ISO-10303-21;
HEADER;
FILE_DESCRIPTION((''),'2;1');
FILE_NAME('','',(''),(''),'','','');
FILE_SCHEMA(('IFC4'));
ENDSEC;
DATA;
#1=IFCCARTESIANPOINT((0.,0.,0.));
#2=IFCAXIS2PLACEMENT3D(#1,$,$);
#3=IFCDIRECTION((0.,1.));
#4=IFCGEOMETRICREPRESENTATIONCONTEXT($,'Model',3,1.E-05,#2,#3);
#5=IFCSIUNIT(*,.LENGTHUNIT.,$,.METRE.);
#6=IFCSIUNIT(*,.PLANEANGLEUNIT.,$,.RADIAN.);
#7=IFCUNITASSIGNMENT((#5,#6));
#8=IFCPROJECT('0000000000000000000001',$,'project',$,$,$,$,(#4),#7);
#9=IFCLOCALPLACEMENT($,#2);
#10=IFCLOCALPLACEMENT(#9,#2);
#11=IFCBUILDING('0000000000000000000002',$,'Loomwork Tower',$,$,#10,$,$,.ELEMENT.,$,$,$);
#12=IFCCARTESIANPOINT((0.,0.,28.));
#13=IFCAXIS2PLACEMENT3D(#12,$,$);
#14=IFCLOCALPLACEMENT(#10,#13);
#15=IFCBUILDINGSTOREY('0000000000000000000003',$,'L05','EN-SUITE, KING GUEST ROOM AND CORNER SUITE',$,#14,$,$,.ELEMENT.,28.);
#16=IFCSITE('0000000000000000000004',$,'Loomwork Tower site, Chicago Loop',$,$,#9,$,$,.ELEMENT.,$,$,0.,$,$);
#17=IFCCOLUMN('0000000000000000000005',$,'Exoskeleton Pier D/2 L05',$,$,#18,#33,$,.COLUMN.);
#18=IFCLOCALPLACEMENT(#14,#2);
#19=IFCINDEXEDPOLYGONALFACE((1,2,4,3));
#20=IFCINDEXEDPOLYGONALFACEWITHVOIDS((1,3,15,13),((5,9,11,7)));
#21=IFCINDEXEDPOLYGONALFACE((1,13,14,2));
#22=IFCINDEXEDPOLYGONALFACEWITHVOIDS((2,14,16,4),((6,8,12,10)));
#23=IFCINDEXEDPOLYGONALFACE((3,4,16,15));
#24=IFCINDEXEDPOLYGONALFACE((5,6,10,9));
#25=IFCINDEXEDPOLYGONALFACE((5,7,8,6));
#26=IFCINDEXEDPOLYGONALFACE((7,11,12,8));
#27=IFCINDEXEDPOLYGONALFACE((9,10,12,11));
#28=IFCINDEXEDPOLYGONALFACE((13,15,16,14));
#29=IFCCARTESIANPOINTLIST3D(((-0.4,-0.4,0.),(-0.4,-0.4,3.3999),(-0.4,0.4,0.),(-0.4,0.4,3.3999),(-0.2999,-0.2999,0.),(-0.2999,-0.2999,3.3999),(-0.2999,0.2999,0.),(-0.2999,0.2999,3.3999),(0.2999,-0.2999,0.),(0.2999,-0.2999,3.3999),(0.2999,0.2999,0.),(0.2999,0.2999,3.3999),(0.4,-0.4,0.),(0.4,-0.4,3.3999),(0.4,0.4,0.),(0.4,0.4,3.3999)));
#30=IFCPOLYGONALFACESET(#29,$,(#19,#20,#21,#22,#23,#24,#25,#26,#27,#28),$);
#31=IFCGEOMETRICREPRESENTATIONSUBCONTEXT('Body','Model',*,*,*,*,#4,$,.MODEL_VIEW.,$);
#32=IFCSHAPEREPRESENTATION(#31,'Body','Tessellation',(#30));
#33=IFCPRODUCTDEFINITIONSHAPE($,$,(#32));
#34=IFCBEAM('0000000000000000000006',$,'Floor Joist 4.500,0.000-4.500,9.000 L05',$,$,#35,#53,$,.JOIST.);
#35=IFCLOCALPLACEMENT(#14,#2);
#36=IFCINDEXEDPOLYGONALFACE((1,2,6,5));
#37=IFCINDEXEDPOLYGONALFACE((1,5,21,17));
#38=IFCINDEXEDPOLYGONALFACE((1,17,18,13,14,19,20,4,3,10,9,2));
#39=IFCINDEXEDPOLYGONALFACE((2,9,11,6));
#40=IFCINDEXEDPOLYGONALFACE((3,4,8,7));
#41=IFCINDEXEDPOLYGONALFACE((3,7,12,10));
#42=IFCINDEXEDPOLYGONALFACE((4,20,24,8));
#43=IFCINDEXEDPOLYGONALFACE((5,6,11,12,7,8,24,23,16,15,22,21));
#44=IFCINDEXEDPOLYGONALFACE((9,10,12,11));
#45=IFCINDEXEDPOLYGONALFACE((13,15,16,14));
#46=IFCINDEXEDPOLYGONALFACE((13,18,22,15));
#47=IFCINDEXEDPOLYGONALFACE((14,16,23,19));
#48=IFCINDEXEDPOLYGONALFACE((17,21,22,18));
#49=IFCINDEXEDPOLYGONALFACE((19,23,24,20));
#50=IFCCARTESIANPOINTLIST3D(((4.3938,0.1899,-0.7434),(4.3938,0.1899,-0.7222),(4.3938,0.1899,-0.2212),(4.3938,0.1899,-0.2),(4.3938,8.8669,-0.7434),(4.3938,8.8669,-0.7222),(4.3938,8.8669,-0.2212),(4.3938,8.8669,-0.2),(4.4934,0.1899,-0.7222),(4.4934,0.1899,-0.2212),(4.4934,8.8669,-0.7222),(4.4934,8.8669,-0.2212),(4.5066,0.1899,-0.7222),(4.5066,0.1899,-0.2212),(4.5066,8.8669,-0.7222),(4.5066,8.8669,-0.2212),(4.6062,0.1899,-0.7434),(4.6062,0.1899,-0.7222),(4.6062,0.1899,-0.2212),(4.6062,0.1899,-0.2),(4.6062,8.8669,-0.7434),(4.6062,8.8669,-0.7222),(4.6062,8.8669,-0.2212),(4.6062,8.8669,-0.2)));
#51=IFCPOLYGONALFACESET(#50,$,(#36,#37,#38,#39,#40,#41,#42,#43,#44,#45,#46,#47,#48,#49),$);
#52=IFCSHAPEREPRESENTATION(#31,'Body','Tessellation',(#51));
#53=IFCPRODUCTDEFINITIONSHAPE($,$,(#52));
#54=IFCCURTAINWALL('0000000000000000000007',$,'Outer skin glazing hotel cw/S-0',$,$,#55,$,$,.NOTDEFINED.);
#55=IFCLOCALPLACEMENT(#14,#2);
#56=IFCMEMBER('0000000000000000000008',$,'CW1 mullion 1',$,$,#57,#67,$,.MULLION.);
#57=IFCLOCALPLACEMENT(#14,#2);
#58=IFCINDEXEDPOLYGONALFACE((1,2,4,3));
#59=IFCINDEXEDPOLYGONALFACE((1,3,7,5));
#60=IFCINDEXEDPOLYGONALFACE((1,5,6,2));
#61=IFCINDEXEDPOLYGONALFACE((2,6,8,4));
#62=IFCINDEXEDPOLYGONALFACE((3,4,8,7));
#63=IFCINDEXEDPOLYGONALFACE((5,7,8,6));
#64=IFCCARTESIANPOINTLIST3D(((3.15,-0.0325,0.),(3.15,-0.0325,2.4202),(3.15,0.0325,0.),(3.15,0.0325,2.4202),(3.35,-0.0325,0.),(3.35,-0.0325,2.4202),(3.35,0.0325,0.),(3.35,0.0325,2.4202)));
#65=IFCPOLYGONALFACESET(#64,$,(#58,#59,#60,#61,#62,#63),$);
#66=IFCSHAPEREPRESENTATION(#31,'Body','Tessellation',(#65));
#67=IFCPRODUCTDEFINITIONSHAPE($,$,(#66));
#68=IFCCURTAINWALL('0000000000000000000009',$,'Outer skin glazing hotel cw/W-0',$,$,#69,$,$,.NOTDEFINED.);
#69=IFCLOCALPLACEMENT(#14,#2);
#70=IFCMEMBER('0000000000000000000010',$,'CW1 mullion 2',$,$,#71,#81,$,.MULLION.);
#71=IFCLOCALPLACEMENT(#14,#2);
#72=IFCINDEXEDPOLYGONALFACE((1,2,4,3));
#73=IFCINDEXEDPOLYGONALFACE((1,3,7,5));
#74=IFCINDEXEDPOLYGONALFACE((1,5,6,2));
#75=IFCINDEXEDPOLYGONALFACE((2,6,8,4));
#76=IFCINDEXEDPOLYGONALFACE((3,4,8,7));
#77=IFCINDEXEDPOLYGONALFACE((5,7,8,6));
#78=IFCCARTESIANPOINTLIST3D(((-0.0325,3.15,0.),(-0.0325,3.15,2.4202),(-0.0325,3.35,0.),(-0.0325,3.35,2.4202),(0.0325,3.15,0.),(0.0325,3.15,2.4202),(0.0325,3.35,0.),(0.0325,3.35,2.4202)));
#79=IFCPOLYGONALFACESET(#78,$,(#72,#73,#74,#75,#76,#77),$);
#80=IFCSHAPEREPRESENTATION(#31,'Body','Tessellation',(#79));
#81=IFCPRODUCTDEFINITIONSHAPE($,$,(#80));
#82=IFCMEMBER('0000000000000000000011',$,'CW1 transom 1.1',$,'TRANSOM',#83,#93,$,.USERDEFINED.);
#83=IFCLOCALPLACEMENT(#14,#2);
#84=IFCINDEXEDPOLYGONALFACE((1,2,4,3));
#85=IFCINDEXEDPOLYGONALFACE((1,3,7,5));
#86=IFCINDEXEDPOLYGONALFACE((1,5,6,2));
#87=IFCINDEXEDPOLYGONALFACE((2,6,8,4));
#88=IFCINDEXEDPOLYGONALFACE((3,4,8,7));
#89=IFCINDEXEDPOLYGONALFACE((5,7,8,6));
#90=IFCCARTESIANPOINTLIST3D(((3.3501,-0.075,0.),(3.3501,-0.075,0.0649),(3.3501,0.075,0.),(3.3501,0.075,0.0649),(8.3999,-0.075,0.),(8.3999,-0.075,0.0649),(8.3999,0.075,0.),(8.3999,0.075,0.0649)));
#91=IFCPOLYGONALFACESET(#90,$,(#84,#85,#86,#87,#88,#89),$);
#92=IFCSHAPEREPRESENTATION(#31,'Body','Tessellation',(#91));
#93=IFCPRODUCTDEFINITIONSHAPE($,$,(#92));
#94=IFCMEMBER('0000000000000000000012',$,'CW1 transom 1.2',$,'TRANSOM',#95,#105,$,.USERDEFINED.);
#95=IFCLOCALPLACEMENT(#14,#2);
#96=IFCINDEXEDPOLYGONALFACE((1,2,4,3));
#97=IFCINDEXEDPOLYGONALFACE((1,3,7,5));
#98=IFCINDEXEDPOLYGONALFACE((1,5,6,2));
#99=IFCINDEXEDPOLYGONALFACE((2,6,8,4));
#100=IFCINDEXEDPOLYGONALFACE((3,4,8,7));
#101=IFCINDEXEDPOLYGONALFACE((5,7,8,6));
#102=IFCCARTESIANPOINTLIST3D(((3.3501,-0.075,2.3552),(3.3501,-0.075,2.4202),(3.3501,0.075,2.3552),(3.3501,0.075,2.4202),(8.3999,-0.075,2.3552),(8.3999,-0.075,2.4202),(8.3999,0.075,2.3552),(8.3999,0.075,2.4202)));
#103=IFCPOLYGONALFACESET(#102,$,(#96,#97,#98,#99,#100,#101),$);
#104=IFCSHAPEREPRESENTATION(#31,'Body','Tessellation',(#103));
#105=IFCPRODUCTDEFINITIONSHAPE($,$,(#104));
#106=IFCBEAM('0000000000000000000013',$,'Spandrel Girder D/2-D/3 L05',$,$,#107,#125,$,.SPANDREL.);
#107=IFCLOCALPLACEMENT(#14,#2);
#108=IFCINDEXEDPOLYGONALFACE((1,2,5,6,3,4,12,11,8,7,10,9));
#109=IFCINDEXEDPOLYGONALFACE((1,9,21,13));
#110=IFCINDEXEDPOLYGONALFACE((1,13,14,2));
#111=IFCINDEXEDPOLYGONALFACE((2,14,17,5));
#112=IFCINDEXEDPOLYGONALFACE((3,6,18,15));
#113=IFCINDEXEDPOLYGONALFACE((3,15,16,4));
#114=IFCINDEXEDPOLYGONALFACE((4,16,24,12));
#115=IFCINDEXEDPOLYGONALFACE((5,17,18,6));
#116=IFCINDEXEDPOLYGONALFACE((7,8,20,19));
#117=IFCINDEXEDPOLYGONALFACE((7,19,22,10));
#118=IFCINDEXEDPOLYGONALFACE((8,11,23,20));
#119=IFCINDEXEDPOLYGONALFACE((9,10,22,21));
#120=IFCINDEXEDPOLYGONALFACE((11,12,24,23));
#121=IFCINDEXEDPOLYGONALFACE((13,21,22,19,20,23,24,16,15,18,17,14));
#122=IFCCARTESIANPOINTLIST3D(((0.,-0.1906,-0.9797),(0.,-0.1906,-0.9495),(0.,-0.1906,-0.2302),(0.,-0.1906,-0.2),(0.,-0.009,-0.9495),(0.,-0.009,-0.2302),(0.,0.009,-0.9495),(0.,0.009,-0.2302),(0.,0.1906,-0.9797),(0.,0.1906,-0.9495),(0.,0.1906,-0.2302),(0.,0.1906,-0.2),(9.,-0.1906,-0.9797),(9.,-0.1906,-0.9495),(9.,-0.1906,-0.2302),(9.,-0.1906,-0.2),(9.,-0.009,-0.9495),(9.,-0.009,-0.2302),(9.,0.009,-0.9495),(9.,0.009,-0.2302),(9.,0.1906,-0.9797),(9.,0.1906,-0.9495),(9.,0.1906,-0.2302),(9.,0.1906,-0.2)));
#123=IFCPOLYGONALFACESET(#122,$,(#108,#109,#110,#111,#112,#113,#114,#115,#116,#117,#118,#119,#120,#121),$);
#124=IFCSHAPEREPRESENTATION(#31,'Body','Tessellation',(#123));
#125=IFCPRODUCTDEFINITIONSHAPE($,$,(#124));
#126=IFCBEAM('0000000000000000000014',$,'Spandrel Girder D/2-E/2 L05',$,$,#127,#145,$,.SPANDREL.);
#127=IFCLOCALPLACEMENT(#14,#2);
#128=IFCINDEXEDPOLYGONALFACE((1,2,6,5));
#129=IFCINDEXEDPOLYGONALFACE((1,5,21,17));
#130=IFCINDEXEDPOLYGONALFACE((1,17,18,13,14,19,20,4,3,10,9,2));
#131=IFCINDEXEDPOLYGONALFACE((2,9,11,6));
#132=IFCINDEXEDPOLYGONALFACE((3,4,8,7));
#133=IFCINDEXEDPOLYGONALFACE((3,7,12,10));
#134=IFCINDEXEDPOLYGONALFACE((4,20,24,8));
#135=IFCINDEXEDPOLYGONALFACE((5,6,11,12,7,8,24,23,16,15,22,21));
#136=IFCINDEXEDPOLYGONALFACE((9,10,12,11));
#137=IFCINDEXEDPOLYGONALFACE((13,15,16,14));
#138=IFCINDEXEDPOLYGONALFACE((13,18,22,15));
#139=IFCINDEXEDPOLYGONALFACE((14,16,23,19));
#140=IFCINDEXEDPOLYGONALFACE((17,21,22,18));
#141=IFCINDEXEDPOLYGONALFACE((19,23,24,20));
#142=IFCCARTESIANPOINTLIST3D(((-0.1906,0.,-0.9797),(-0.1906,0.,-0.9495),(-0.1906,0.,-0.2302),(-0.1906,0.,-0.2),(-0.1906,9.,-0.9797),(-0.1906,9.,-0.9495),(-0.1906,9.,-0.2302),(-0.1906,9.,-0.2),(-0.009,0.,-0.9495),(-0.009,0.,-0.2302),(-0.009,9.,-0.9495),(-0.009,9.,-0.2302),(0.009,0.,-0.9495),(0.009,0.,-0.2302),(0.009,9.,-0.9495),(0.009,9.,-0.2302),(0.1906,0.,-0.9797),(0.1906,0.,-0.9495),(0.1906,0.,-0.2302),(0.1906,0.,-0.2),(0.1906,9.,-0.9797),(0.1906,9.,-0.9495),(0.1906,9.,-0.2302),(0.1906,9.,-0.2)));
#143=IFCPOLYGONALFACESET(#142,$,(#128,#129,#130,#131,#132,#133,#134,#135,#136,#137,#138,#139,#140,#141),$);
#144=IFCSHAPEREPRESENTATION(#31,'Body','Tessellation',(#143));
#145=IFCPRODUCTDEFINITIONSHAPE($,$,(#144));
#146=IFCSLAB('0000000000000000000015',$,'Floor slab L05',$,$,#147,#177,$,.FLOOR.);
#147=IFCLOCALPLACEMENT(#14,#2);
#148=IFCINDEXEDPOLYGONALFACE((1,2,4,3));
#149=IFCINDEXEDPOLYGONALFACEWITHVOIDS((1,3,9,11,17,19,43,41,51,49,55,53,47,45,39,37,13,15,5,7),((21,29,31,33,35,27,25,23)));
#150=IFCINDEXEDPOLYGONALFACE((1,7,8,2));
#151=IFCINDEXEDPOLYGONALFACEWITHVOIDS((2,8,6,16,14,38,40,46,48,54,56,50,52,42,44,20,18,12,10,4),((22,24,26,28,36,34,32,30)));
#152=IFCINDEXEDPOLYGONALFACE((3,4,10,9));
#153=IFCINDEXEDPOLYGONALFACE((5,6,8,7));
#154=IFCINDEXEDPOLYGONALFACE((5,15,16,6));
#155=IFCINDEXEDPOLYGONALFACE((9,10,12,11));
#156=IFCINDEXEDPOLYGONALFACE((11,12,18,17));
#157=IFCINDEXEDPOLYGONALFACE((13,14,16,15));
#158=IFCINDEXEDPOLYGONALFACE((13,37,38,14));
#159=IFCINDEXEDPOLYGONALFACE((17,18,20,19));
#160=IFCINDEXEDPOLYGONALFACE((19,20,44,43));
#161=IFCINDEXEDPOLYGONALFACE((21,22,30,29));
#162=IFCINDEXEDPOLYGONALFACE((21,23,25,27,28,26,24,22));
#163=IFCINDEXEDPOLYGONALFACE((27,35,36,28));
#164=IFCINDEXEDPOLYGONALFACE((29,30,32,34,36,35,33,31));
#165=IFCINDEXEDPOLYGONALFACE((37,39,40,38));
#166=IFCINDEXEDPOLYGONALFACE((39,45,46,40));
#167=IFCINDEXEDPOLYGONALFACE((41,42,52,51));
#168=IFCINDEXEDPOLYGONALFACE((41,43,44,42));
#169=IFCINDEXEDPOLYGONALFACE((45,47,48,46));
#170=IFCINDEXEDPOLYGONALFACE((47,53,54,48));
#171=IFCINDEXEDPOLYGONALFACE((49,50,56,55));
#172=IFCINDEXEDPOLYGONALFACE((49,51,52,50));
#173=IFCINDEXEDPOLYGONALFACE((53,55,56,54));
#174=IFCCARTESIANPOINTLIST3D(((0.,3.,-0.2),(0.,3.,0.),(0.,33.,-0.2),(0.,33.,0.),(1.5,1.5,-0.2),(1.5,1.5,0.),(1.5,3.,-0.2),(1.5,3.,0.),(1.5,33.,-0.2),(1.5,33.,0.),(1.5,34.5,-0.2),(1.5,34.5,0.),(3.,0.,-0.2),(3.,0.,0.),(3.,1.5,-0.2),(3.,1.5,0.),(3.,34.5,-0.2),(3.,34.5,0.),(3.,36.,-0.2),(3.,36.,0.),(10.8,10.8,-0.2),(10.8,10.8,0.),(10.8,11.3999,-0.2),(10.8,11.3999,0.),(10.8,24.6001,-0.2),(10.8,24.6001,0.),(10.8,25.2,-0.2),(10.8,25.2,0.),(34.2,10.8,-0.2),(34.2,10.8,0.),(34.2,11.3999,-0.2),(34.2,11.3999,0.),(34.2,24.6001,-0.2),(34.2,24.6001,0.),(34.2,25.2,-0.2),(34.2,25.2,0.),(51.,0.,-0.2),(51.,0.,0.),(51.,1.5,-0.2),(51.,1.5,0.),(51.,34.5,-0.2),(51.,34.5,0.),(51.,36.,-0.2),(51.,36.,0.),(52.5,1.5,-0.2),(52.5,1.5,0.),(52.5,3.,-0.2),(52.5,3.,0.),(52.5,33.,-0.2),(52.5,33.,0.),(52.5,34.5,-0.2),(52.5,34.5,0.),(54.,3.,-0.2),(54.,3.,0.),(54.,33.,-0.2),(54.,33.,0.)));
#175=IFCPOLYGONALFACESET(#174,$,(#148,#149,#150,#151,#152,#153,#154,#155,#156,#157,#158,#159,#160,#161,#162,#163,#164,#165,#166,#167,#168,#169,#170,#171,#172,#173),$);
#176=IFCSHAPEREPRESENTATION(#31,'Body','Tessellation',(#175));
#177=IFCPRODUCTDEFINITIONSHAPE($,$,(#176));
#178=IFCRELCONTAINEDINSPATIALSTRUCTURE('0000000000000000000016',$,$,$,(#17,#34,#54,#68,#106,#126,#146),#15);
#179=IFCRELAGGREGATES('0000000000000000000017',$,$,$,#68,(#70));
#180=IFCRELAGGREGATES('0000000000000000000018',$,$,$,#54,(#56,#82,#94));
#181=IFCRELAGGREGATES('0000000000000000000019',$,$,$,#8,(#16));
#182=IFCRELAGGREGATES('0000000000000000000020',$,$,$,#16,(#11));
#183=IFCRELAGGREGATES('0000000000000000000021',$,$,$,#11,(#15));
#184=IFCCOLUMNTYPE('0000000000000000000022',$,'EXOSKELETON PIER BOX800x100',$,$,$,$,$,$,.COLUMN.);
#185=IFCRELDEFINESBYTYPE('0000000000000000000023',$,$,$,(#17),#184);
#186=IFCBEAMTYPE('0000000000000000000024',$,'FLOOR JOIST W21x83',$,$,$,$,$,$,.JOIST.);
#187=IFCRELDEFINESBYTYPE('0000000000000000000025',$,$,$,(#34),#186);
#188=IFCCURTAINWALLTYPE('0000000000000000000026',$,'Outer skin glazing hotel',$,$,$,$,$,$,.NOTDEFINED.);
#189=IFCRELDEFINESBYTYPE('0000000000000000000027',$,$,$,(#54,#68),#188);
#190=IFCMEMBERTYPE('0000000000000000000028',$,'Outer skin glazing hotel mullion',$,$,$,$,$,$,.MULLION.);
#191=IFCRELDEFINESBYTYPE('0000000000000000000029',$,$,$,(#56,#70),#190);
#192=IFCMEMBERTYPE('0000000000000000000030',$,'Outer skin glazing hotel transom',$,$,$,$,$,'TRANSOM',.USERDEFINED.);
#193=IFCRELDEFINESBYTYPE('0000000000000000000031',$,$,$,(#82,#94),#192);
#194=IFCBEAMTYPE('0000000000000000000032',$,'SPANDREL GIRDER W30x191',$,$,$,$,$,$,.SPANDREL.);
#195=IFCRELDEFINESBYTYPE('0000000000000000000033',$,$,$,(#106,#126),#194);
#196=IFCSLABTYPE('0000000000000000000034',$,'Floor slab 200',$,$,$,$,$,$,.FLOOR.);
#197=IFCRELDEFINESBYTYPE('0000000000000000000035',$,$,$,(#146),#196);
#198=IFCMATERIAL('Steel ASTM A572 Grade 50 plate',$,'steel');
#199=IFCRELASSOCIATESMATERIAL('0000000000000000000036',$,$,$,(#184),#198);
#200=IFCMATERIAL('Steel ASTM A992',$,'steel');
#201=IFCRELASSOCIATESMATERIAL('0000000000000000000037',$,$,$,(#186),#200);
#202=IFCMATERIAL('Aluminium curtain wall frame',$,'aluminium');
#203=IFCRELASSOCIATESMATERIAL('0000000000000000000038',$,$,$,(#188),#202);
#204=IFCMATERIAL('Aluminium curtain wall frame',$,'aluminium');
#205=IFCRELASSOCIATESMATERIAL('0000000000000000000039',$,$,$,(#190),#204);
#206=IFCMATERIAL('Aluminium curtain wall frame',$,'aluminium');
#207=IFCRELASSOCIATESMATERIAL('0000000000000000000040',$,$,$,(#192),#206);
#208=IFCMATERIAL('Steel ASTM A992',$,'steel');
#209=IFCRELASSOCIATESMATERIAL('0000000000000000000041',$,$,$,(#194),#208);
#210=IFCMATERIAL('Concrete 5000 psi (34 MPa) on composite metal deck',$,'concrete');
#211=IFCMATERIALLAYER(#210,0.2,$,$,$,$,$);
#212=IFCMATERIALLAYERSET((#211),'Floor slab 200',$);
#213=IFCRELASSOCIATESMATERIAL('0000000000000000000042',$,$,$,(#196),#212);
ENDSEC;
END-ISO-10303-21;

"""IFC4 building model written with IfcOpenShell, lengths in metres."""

from ifc_helpers import new_model, si_unit, direction, frame, origin, origin_with_axes, origin_2d, place, context, subcontext, project, spatial, polyline, rectangle, hollow_rectangle, i_section, outline, extrude, material, layer, layer_set, material_profile, profile_set, type_object, element, aggregate, save


model = new_model("IFC4")

# Units and contexts
model_context = context("Model", 3, precision=1e-05, world=origin(), true_north=direction((0.0, 1.0)))
body_context = subcontext(model_context, "Body", "Model", "MODEL_VIEW")
ifc_project = project(units=[si_unit("LENGTHUNIT", "METRE"), si_unit("PLANEANGLEUNIT", "RADIAN")], contexts=[model_context])

# Site, building, storey
site_placement = place(None, origin())
site = spatial("IfcSite", under=ifc_project, at=site_placement, Name="Loomwork Tower site, Chicago Loop", CompositionType="ELEMENT", RefElevation=0.0)
building_placement = place(site_placement, origin())
building = spatial("IfcBuilding", under=site, at=building_placement, Name="Loomwork Tower", CompositionType="ELEMENT")
storey_placement = place(building_placement, frame((0.0, 0.0, 28.0)))
storey = spatial("IfcBuildingStorey", under=building, at=storey_placement, Name="L05", Description="EN-SUITE, KING GUEST ROOM AND CORNER SUITE", CompositionType="ELEMENT", Elevation=28.0)

# Column
ifc_material_1 = material(Name="Steel ASTM A572 Grade 50 plate", Category="steel")
ifc_material_profile_1 = material_profile(ifc_material_1, hollow_rectangle(XDim=0.8, YDim=0.8, WallThickness=0.1001, at=origin_2d()), Name="BOX800x100")
ifc_profile_set_1 = profile_set([ifc_material_profile_1], Name="Steel ASTM A572 Grade 50 plate")
column_type = type_object("IfcColumnType", Name="EXOSKELETON PIER BOX800x100", PredefinedType="COLUMN", material=ifc_profile_set_1)
column_placement = place(storey_placement, origin_with_axes())
element("IfcColumn", 1, at=column_placement, inside=storey, type_object=column_type, Name="Exoskeleton Pier D/2 L05", PredefinedType="COLUMN", context=body_context, shape_type="SweptSolid", body=[
    extrude(hollow_rectangle(XDim=0.8, YDim=0.8, WallThickness=0.1001, at=origin_2d()), origin(), (0.0, 0.0, 1.0), 3.3999),
])

# Beam
ifc_material_2 = material(Name="Steel ASTM A992", Category="steel")
ifc_material_profile_2 = material_profile(ifc_material_2, i_section(OverallWidth=0.2124, OverallDepth=0.5435, WebThickness=0.0132, FlangeThickness=0.0212, at=origin_2d()), Name="W21x83")
ifc_profile_set_2 = profile_set([ifc_material_profile_2], Name="Steel ASTM A992")
beam_type_1 = type_object("IfcBeamType", Name="FLOOR JOIST W21x83", PredefinedType="JOIST", material=ifc_profile_set_2)
beam_placement = place(storey_placement, frame((4.5, 0.1899, -0.4717), z_axis=(0.0, 1.0, 0.0), x_axis=(-1.0, 0.0, 0.0)))
element("IfcBeam", 2, at=beam_placement, inside=storey, type_object=beam_type_1, Name="Floor Joist 4.500,0.000-4.500,9.000 L05", PredefinedType="JOIST", context=body_context, shape_type="SweptSolid", body=[
    extrude(i_section(OverallWidth=0.2124, OverallDepth=0.5435, WebThickness=0.0132, FlangeThickness=0.0212, at=origin_2d()), origin(), (0.0, 0.0, 1.0), 8.677),
])

# Curtain walls, members
ifc_material_3 = material(Name="Aluminium curtain wall frame", Category="aluminium")
curtain_wall_type = type_object("IfcCurtainWallType", Name="Outer skin glazing hotel", PredefinedType="NOTDEFINED", material=ifc_material_3)
curtain_wall_1_placement = place(storey_placement, origin())
curtain_wall_1 = element("IfcCurtainWall", 3, at=curtain_wall_1_placement, inside=storey, type_object=curtain_wall_type, Name="Outer skin glazing hotel cw/S-0", PredefinedType="NOTDEFINED")
ifc_material_4 = material(Name="Aluminium curtain wall frame", Category="aluminium")
ifc_material_profile_3 = material_profile(ifc_material_4, rectangle(XDim=0.0649, YDim=0.2, at=origin_2d()), Name="AL 65x200")
ifc_profile_set_3 = profile_set([ifc_material_profile_3], Name="Aluminium curtain wall frame")
member_type_1 = type_object("IfcMemberType", Name="Outer skin glazing hotel mullion", PredefinedType="MULLION", material=ifc_profile_set_3)
member_1_placement = place(storey_placement, frame((3.25, 0.0, 0.0), z_axis=(0.0, 0.0, 1.0), x_axis=(0.0, 1.0, 0.0)))
member_1 = element("IfcMember", 4, at=member_1_placement, type_object=member_type_1, Name="CW1 mullion 1", PredefinedType="MULLION", context=body_context, shape_type="SweptSolid", body=[
    extrude(rectangle(XDim=0.0649, YDim=0.2, at=origin_2d()), origin(), (0.0, 0.0, 1.0), 2.4202),
])
curtain_wall_2_placement = place(storey_placement, origin())
curtain_wall_2 = element("IfcCurtainWall", 5, at=curtain_wall_2_placement, inside=storey, type_object=curtain_wall_type, Name="Outer skin glazing hotel cw/W-0", PredefinedType="NOTDEFINED")
member_2_placement = place(storey_placement, frame((0.0, 3.25, 0.0), z_axis=(0.0, 0.0, 1.0), x_axis=(1.0, 0.0, 0.0)))
member_2 = element("IfcMember", 6, at=member_2_placement, type_object=member_type_1, Name="CW1 mullion 2", PredefinedType="MULLION", context=body_context, shape_type="SweptSolid", body=[
    extrude(rectangle(XDim=0.0649, YDim=0.2, at=origin_2d()), origin(), (0.0, 0.0, 1.0), 2.4202),
])
aggregate(curtain_wall_2, [member_2])

# Members
ifc_material_5 = material(Name="Aluminium curtain wall frame", Category="aluminium")
ifc_material_profile_4 = material_profile(ifc_material_5, rectangle(XDim=0.1499, YDim=0.0649, at=origin_2d()), Name="AL 65x150")
ifc_profile_set_4 = profile_set([ifc_material_profile_4], Name="Aluminium curtain wall frame")
member_type_2 = type_object("IfcMemberType", Name="Outer skin glazing hotel transom", ElementType="TRANSOM", PredefinedType="USERDEFINED", material=ifc_profile_set_4)
member_3_placement = place(storey_placement, frame((3.3501, 0.0, 0.0325), z_axis=(1.0, 0.0, 0.0), x_axis=(0.0, 1.0, 0.0)))
member_3 = element("IfcMember", 7, at=member_3_placement, type_object=member_type_2, Name="CW1 transom 1.1", ObjectType="TRANSOM", PredefinedType="USERDEFINED", context=body_context, shape_type="SweptSolid", body=[
    extrude(rectangle(XDim=0.1499, YDim=0.0649, at=origin_2d()), origin(), (0.0, 0.0, 1.0), 5.0498),
])
member_4_placement = place(storey_placement, frame((3.3501, 0.0, 2.3877), z_axis=(1.0, 0.0, 0.0), x_axis=(0.0, 1.0, 0.0)))
member_4 = element("IfcMember", 8, at=member_4_placement, type_object=member_type_2, Name="CW1 transom 1.2", ObjectType="TRANSOM", PredefinedType="USERDEFINED", context=body_context, shape_type="SweptSolid", body=[
    extrude(rectangle(XDim=0.1499, YDim=0.0649, at=origin_2d()), origin(), (0.0, 0.0, 1.0), 5.0498),
])

# Beams
ifc_material_6 = material(Name="Steel ASTM A992", Category="steel")
ifc_material_profile_5 = material_profile(ifc_material_6, i_section(OverallWidth=0.3811, OverallDepth=0.7798, WebThickness=0.0181, FlangeThickness=0.0303, at=origin_2d()), Name="W30x191")
ifc_profile_set_5 = profile_set([ifc_material_profile_5], Name="Steel ASTM A992")
beam_type_2 = type_object("IfcBeamType", Name="SPANDREL GIRDER W30x191", PredefinedType="SPANDREL", material=ifc_profile_set_5)
for number, where, z_axis, x_axis, name in (
    (9, (0.0, 0.0, -0.5898), (1.0, 0.0, 0.0), (0.0, 1.0, 0.0), "Spandrel Girder D/2-D/3 L05"),
    (10, (0.0, 0.0, -0.5898), (0.0, 1.0, 0.0), (-1.0, 0.0, 0.0), "Spandrel Girder D/2-E/2 L05"),
):
    element("IfcBeam", number, at=place(storey_placement, frame(where, z_axis=z_axis, x_axis=x_axis)), inside=storey, type_object=beam_type_2, Name=name, PredefinedType="SPANDREL", context=body_context, shape_type="SweptSolid", body=[
        extrude(i_section(OverallWidth=0.3811, OverallDepth=0.7798, WebThickness=0.0181, FlangeThickness=0.0303, at=origin_2d()), origin(), (0.0, 0.0, 1.0), 9.0),
    ])

# Slab
ifc_material_7 = material(Name="Concrete 5000 psi (34 MPa) on composite metal deck", Category="concrete")
ifc_layer_1 = layer(ifc_material_7, 0.2)
ifc_layer_set_1 = layer_set([ifc_layer_1], Name="Floor slab 200")
slab_type_1 = type_object("IfcSlabType", Name="Floor slab 200", PredefinedType="FLOOR", material=ifc_layer_set_1)
slab_1_placement = place(storey_placement, frame((0.0, 0.0, -0.2)))
element("IfcSlab", 11, at=slab_1_placement, inside=storey, type_object=slab_type_1, Name="Floor slab L05", PredefinedType="FLOOR", context=body_context, shape_type="SweptSolid", body=[
    extrude(outline(polyline([(3.0, 1.5), (1.5, 1.5), (1.5, 3.0), (0.0, 3.0), (0.0, 33.0), (1.5, 33.0), (1.5, 34.5), (3.0, 34.5), (3.0, 36.0), (51.0, 36.0), (51.0, 34.5), (52.5, 34.5), (52.5, 33.0), (54.0, 33.0), (54.0, 3.0), (52.5, 3.0), (52.5, 1.5), (51.0, 1.5), (51.0, 0.0), (3.0, 0.0), (3.0, 1.5)]), holes=[polyline([(10.8, 11.3999), (10.8, 11.3999), (10.8, 10.8), (34.2, 10.8), (34.2, 11.3999), (34.2, 11.3999), (34.2, 24.6001), (34.2, 25.2), (10.8, 25.2), (10.8, 24.6001), (10.8, 11.3999)])]), origin(), (0.0, 0.0, 1.0), 0.2),
])

aggregate(curtain_wall_1, [member_1, member_3, member_4])

save(model, "model.ifc")
